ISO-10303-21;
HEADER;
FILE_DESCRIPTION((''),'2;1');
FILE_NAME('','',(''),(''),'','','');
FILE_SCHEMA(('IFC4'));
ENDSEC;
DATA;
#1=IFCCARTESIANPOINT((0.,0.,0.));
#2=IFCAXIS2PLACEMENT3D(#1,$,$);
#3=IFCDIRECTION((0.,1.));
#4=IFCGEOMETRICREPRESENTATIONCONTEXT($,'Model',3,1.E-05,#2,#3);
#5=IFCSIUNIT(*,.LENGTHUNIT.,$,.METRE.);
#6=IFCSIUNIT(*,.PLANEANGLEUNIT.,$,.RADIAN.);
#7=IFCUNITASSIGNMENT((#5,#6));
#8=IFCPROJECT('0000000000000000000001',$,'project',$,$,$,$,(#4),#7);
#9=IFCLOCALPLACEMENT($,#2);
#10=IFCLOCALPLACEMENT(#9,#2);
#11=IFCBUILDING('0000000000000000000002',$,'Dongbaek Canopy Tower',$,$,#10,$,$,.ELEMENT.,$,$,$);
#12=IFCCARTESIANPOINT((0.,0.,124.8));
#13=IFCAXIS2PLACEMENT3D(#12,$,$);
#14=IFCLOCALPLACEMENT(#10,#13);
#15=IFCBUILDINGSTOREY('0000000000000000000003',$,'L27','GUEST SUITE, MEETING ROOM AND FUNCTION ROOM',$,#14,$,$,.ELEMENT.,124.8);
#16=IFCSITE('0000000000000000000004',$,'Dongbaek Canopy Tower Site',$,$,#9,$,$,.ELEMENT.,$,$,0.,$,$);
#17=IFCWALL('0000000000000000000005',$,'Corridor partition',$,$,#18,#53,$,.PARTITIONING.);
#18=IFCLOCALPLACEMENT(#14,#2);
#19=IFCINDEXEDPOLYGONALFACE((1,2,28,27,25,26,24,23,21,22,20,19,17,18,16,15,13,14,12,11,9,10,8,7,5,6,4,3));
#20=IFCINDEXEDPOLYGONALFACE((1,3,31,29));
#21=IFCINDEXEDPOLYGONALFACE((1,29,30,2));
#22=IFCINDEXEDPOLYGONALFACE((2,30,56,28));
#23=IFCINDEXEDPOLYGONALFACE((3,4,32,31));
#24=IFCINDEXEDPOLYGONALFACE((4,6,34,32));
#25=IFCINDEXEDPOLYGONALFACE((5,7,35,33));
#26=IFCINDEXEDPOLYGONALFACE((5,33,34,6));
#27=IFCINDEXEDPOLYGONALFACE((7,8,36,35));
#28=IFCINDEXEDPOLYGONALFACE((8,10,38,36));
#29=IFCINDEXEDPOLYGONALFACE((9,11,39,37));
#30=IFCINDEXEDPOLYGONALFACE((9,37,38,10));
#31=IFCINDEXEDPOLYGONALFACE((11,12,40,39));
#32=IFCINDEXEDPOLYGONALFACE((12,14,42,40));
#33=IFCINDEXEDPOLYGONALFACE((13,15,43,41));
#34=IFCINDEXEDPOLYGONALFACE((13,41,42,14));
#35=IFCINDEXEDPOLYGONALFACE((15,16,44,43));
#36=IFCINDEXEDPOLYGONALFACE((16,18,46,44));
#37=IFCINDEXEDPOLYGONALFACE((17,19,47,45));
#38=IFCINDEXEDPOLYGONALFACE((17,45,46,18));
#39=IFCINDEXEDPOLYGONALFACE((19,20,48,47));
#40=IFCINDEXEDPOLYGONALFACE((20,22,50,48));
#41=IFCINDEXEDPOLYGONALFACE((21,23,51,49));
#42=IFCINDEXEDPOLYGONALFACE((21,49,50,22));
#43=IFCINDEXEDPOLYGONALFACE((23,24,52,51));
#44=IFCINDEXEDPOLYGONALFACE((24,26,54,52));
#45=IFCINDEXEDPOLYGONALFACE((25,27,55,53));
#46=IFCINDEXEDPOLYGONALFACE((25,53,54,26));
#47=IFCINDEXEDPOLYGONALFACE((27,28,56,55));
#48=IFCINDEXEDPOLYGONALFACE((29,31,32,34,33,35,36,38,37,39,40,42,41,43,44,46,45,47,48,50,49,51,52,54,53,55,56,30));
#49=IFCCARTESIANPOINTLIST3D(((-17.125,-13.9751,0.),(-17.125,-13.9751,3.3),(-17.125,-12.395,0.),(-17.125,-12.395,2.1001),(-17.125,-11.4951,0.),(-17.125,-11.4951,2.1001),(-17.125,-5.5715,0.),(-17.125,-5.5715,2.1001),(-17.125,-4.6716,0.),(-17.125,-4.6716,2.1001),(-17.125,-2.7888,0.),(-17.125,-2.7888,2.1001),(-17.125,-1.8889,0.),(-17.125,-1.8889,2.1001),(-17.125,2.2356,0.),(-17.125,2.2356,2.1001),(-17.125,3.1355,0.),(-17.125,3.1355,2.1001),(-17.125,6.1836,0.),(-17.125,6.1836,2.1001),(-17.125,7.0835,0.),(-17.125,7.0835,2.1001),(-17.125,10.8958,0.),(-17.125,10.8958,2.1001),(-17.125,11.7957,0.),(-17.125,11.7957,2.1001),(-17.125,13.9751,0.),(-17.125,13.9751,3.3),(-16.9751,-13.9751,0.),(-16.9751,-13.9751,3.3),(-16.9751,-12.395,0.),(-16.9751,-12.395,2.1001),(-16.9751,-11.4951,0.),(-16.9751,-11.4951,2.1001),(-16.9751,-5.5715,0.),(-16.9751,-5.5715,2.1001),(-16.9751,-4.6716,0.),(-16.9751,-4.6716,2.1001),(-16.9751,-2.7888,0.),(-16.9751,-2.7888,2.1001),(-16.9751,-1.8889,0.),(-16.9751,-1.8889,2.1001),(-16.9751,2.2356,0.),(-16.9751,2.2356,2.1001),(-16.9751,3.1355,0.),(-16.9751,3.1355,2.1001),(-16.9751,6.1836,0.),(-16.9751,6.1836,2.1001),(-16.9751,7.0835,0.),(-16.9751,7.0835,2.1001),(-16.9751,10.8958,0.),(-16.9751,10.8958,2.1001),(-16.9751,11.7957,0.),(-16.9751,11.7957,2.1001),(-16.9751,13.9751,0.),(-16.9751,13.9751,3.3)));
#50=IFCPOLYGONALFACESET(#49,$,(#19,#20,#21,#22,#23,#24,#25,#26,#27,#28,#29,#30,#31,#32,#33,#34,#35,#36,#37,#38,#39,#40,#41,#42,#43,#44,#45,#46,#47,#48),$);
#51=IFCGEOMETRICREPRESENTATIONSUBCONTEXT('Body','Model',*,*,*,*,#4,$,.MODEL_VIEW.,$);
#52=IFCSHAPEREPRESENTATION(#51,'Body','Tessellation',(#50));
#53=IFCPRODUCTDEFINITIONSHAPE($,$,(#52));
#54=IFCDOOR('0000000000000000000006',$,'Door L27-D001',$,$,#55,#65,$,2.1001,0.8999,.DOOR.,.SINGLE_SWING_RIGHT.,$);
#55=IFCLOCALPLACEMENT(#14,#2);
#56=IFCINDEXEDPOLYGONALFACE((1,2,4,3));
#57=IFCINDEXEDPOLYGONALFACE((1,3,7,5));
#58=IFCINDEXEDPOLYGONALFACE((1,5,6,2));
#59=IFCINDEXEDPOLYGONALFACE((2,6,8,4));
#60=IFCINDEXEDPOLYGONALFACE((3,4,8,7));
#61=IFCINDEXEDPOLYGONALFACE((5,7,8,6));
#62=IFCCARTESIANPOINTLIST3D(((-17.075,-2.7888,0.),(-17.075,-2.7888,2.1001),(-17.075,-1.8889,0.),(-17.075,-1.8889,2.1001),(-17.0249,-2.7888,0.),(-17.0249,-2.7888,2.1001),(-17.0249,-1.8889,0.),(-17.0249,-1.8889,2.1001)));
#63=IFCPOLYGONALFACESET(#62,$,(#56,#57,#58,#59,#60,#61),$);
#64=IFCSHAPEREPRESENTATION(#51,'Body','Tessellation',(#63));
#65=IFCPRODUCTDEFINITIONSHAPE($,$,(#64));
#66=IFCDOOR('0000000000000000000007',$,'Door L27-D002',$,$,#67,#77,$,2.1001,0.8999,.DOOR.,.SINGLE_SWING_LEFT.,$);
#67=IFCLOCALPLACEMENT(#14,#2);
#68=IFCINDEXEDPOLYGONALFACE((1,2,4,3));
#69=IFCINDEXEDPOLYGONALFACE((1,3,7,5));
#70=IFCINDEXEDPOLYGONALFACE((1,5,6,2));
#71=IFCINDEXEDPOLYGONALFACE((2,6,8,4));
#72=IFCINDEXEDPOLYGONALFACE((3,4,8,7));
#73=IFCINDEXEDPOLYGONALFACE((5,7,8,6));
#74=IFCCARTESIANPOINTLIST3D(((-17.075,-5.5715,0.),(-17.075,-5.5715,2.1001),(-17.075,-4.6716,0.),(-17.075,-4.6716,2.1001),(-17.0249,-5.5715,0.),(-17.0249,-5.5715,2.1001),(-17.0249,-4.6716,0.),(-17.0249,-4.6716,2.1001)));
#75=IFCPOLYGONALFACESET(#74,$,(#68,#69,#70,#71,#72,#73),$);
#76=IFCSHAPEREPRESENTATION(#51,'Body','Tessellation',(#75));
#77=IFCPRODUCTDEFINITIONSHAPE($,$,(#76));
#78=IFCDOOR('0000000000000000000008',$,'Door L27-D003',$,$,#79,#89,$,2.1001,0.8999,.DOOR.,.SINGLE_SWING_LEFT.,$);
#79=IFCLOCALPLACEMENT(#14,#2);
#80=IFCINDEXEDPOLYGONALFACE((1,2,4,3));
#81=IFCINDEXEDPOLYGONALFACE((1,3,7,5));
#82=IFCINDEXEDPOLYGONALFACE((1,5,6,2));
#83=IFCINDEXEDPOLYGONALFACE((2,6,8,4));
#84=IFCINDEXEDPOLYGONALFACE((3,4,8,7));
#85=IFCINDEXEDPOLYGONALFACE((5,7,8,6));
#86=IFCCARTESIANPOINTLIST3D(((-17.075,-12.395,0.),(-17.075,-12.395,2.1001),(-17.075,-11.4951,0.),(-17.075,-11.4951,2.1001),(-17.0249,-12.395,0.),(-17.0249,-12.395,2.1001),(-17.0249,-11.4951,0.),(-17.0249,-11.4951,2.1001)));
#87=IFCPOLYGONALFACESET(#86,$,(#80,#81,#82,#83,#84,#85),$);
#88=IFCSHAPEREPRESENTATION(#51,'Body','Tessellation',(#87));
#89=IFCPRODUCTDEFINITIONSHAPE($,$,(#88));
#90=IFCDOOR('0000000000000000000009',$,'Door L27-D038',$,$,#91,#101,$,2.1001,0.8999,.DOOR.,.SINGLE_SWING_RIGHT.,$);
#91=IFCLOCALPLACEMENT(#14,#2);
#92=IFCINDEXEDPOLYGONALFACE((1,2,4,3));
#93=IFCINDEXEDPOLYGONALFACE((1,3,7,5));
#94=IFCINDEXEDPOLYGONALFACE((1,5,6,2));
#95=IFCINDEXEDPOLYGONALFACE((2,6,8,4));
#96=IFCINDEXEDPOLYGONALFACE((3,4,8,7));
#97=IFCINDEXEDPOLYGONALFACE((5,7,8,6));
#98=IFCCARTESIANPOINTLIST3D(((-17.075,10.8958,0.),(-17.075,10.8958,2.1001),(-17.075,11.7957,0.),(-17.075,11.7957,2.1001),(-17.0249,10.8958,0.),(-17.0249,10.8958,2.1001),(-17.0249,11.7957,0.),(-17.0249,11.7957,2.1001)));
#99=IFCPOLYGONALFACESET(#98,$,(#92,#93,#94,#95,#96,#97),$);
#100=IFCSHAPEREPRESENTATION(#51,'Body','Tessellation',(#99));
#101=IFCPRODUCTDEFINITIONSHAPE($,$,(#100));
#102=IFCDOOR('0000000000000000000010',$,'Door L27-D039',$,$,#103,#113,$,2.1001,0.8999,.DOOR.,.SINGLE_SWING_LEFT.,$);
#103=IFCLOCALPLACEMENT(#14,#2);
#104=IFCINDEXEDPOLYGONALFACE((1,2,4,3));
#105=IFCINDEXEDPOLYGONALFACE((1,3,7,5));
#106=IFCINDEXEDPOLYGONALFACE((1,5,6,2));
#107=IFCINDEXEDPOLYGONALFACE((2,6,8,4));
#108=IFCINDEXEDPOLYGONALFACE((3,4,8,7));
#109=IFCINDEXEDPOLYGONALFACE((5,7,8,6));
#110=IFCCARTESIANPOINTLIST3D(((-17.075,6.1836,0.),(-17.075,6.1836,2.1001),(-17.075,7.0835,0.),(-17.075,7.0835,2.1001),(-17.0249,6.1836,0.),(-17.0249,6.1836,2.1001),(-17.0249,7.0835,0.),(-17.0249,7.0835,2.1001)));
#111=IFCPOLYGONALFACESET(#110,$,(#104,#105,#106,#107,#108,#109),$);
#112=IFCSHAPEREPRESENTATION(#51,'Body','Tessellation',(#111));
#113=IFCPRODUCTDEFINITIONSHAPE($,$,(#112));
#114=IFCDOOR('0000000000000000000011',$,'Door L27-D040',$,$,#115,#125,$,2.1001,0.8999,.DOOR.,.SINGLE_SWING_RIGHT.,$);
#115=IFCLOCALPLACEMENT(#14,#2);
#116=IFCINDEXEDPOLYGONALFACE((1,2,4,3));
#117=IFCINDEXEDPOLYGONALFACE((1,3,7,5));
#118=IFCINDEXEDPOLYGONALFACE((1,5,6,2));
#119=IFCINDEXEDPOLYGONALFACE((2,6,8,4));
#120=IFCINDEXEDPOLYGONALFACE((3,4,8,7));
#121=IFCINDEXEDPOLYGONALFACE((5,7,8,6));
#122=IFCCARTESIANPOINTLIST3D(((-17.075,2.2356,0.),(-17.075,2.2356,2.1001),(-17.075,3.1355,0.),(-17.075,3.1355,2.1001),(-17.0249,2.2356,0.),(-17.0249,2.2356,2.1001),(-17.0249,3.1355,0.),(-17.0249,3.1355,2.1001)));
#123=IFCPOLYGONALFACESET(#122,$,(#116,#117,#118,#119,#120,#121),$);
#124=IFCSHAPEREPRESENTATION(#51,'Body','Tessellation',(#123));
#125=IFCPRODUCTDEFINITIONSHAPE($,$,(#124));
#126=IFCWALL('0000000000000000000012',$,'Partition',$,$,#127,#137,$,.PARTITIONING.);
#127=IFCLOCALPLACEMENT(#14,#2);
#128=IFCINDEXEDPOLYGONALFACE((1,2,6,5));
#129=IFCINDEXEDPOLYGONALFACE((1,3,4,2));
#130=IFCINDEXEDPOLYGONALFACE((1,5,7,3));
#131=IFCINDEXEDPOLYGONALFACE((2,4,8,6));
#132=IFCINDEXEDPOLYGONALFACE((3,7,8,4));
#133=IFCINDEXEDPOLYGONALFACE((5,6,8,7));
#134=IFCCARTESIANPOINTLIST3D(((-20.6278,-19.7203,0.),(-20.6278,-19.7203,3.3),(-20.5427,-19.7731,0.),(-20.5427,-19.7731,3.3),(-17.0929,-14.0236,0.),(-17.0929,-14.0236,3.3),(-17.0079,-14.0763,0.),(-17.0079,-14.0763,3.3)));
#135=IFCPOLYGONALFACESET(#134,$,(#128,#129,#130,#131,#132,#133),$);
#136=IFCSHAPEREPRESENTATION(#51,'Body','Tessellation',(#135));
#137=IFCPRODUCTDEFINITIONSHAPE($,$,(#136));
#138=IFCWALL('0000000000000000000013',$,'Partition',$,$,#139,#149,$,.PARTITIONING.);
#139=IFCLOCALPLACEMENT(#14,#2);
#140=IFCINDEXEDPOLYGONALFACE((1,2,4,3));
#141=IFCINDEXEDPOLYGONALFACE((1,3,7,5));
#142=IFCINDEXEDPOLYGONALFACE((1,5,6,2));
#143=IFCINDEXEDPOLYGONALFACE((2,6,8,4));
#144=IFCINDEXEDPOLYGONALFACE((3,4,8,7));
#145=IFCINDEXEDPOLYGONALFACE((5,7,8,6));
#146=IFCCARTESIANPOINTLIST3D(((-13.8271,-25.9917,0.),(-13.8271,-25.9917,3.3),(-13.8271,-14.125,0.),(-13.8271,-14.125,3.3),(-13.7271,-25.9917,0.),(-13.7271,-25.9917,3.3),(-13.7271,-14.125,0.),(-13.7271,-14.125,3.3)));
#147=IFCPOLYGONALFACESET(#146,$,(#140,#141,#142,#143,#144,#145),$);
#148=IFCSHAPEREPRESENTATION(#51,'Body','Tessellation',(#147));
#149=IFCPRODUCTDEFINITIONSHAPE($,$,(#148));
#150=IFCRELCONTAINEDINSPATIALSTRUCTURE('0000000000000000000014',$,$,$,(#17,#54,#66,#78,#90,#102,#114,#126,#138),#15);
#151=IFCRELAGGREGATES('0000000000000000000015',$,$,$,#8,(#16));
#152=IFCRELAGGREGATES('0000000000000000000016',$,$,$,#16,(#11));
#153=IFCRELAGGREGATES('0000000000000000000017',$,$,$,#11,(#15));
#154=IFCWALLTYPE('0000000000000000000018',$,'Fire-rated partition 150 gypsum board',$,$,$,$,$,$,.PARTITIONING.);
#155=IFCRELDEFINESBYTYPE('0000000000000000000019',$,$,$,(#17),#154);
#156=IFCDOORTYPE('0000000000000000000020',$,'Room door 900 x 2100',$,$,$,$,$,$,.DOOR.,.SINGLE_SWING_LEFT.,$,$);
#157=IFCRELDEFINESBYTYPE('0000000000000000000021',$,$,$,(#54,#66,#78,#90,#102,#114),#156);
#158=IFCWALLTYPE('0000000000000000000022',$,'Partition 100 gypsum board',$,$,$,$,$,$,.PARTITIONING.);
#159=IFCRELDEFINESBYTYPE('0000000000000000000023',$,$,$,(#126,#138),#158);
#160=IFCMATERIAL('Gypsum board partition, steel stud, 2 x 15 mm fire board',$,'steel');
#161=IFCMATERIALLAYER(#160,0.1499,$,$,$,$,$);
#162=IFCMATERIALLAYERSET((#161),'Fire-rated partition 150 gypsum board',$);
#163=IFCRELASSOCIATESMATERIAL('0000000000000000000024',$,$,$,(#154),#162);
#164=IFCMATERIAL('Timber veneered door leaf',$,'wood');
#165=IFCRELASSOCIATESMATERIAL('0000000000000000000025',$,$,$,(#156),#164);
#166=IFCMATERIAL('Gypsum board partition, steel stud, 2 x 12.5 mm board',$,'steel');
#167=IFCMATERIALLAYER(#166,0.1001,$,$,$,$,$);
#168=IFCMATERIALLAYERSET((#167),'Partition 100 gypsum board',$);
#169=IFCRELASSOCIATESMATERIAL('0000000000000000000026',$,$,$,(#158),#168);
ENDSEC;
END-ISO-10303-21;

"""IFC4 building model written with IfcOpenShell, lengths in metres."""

from ifc_helpers import new_model, si_unit, direction, frame, frame_2d, origin, place, context, subcontext, project, spatial, rectangle, extrude, material, layer, layer_set, type_object, element, fill, save


model = new_model("IFC4")

# Units and contexts
model_context = context("Model", 3, precision=1e-05, world=origin(), true_north=direction((0.0, 1.0)))
body_context = subcontext(model_context, "Body", "Model", "MODEL_VIEW")
ifc_project = project(units=[si_unit("LENGTHUNIT", "METRE"), si_unit("PLANEANGLEUNIT", "RADIAN")], contexts=[model_context])

# Site, building, storey
site_placement = place(None, origin())
site = spatial("IfcSite", under=ifc_project, at=site_placement, Name="Dongbaek Canopy Tower Site", CompositionType="ELEMENT", RefElevation=0.0)
building_placement = place(site_placement, origin())
building = spatial("IfcBuilding", under=site, at=building_placement, Name="Dongbaek Canopy Tower", CompositionType="ELEMENT")
storey_placement = place(building_placement, frame((0.0, 0.0, 124.8)))
storey = spatial("IfcBuildingStorey", under=building, at=storey_placement, Name="L27", Description="GUEST SUITE, MEETING ROOM AND FUNCTION ROOM", CompositionType="ELEMENT", Elevation=124.8)

# Shared definitions
ifc_material_1 = material(Name="Gypsum board partition, steel stud, 2 x 15 mm fire board", Category="steel")
ifc_layer_1 = layer(ifc_material_1, 0.1499)
ifc_layer_set_1 = layer_set([ifc_layer_1], Name="Fire-rated partition 150 gypsum board")
wall_type_1 = type_object("IfcWallType", Name="Fire-rated partition 150 gypsum board", PredefinedType="PARTITIONING", material=ifc_layer_set_1)

# Wall, openings, doors
wall_1_placement = place(storey_placement, frame((-17.05, -13.9751, 0.0), z_axis=(0.0, 0.0, 1.0), x_axis=(0.0, 1.0, 0.0)))
wall_1 = element("IfcWall", 1, at=wall_1_placement, inside=storey, type_object=wall_type_1, Name="Corridor partition", PredefinedType="PARTITIONING", context=body_context, shape_type="SweptSolid", body=[
    extrude(rectangle(XDim=27.9502, YDim=0.1499, at=frame_2d((13.9751, 0.0))), origin(), (0.0, 0.0, 1.0), 3.3),
])
opening_1_placement = place(wall_1_placement, frame((11.1863, 0.0, 0.0)))
opening_1 = element("IfcOpeningElement", 2, at=opening_1_placement, cuts=wall_1, PredefinedType="OPENING", context=body_context, shape_type="SweptSolid", body=[
    extrude(rectangle(XDim=0.8999, YDim=2.1001, at=frame_2d((0.45, 1.05))), frame((0.0, 0.085, 0.0), z_axis=(0.0, -1.0, 0.0), x_axis=(1.0, 0.0, 0.0)), (0.0, 0.0, 1.0), 0.1699),
])
opening_2_placement = place(wall_1_placement, frame((8.4036, 0.0, 0.0)))
opening_2 = element("IfcOpeningElement", 3, at=opening_2_placement, cuts=wall_1, PredefinedType="OPENING", context=body_context, shape_type="SweptSolid", body=[
    extrude(rectangle(XDim=0.8999, YDim=2.1001, at=frame_2d((0.45, 1.05))), frame((0.0, 0.085, 0.0), z_axis=(0.0, -1.0, 0.0), x_axis=(1.0, 0.0, 0.0)), (0.0, 0.0, 1.0), 0.1699),
])
opening_3_placement = place(wall_1_placement, frame((1.5801, 0.0, 0.0)))
opening_3 = element("IfcOpeningElement", 4, at=opening_3_placement, cuts=wall_1, PredefinedType="OPENING", context=body_context, shape_type="SweptSolid", body=[
    extrude(rectangle(XDim=0.8999, YDim=2.1001, at=frame_2d((0.45, 1.05))), frame((0.0, 0.085, 0.0), z_axis=(0.0, -1.0, 0.0), x_axis=(1.0, 0.0, 0.0)), (0.0, 0.0, 1.0), 0.1699),
])
opening_4_placement = place(wall_1_placement, frame((24.8708, 0.0, 0.0)))
opening_4 = element("IfcOpeningElement", 5, at=opening_4_placement, cuts=wall_1, PredefinedType="OPENING", context=body_context, shape_type="SweptSolid", body=[
    extrude(rectangle(XDim=0.8999, YDim=2.1001, at=frame_2d((0.45, 1.05))), frame((0.0, 0.085, 0.0), z_axis=(0.0, -1.0, 0.0), x_axis=(1.0, 0.0, 0.0)), (0.0, 0.0, 1.0), 0.1699),
])
opening_5_placement = place(wall_1_placement, frame((20.1587, 0.0, 0.0)))
opening_5 = element("IfcOpeningElement", 6, at=opening_5_placement, cuts=wall_1, PredefinedType="OPENING", context=body_context, shape_type="SweptSolid", body=[
    extrude(rectangle(XDim=0.8999, YDim=2.1001, at=frame_2d((0.45, 1.05))), frame((0.0, 0.085, 0.0), z_axis=(0.0, -1.0, 0.0), x_axis=(1.0, 0.0, 0.0)), (0.0, 0.0, 1.0), 0.1699),
])
opening_6_placement = place(wall_1_placement, frame((16.2107, 0.0, 0.0)))
opening_6 = element("IfcOpeningElement", 7, at=opening_6_placement, cuts=wall_1, PredefinedType="OPENING", context=body_context, shape_type="SweptSolid", body=[
    extrude(rectangle(XDim=0.8999, YDim=2.1001, at=frame_2d((0.45, 1.05))), frame((0.0, 0.085, 0.0), z_axis=(0.0, -1.0, 0.0), x_axis=(1.0, 0.0, 0.0)), (0.0, 0.0, 1.0), 0.1699),
])
ifc_material_2 = material(Name="Timber veneered door leaf", Category="wood")
door_type = type_object("IfcDoorType", Name="Room door 900 x 2100", OperationType="SINGLE_SWING_LEFT", PredefinedType="DOOR", material=ifc_material_2)
door_1_placement = place(opening_1_placement, origin())
door_1 = element("IfcDoor", 8, at=door_1_placement, inside=storey, type_object=door_type, Name="Door L27-D001", OperationType="SINGLE_SWING_RIGHT", OverallHeight=2.1001, OverallWidth=0.8999, PredefinedType="DOOR", context=body_context, shape_type="SweptSolid", body=[
    extrude(rectangle(XDim=0.8999, YDim=2.1001, at=frame_2d((0.45, 1.05))), frame((0.0, 0.0249, 0.0), z_axis=(0.0, -1.0, 0.0), x_axis=(1.0, 0.0, 0.0)), (0.0, 0.0, 1.0), 0.05),
])
fill(opening_1, door_1)
door_2_placement = place(opening_2_placement, origin())
door_2 = element("IfcDoor", 9, at=door_2_placement, inside=storey, type_object=door_type, Name="Door L27-D002", OperationType="SINGLE_SWING_LEFT", OverallHeight=2.1001, OverallWidth=0.8999, PredefinedType="DOOR", context=body_context, shape_type="SweptSolid", body=[
    extrude(rectangle(XDim=0.8999, YDim=2.1001, at=frame_2d((0.45, 1.05))), frame((0.0, 0.0249, 0.0), z_axis=(0.0, -1.0, 0.0), x_axis=(1.0, 0.0, 0.0)), (0.0, 0.0, 1.0), 0.05),
])
fill(opening_2, door_2)
door_3_placement = place(opening_3_placement, origin())
door_3 = element("IfcDoor", 10, at=door_3_placement, inside=storey, type_object=door_type, Name="Door L27-D003", OperationType="SINGLE_SWING_LEFT", OverallHeight=2.1001, OverallWidth=0.8999, PredefinedType="DOOR", context=body_context, shape_type="SweptSolid", body=[
    extrude(rectangle(XDim=0.8999, YDim=2.1001, at=frame_2d((0.45, 1.05))), frame((0.0, 0.0249, 0.0), z_axis=(0.0, -1.0, 0.0), x_axis=(1.0, 0.0, 0.0)), (0.0, 0.0, 1.0), 0.05),
])
fill(opening_3, door_3)
door_4_placement = place(opening_4_placement, origin())
door_4 = element("IfcDoor", 11, at=door_4_placement, inside=storey, type_object=door_type, Name="Door L27-D038", OperationType="SINGLE_SWING_RIGHT", OverallHeight=2.1001, OverallWidth=0.8999, PredefinedType="DOOR", context=body_context, shape_type="SweptSolid", body=[
    extrude(rectangle(XDim=0.8999, YDim=2.1001, at=frame_2d((0.45, 1.05))), frame((0.0, 0.0249, 0.0), z_axis=(0.0, -1.0, 0.0), x_axis=(1.0, 0.0, 0.0)), (0.0, 0.0, 1.0), 0.05),
])
fill(opening_4, door_4)
door_5_placement = place(opening_5_placement, origin())
door_5 = element("IfcDoor", 12, at=door_5_placement, inside=storey, type_object=door_type, Name="Door L27-D039", OperationType="SINGLE_SWING_LEFT", OverallHeight=2.1001, OverallWidth=0.8999, PredefinedType="DOOR", context=body_context, shape_type="SweptSolid", body=[
    extrude(rectangle(XDim=0.8999, YDim=2.1001, at=frame_2d((0.45, 1.05))), frame((0.0, 0.0249, 0.0), z_axis=(0.0, -1.0, 0.0), x_axis=(1.0, 0.0, 0.0)), (0.0, 0.0, 1.0), 0.05),
])
fill(opening_5, door_5)
door_6_placement = place(opening_6_placement, origin())
door_6 = element("IfcDoor", 13, at=door_6_placement, inside=storey, type_object=door_type, Name="Door L27-D040", OperationType="SINGLE_SWING_RIGHT", OverallHeight=2.1001, OverallWidth=0.8999, PredefinedType="DOOR", context=body_context, shape_type="SweptSolid", body=[
    extrude(rectangle(XDim=0.8999, YDim=2.1001, at=frame_2d((0.45, 1.05))), frame((0.0, 0.0249, 0.0), z_axis=(0.0, -1.0, 0.0), x_axis=(1.0, 0.0, 0.0)), (0.0, 0.0, 1.0), 0.05),
])
fill(opening_6, door_6)

# Walls
ifc_material_3 = material(Name="Gypsum board partition, steel stud, 2 x 12.5 mm board", Category="steel")
ifc_layer_2 = layer(ifc_material_3, 0.1001)
ifc_layer_set_2 = layer_set([ifc_layer_2], Name="Partition 100 gypsum board")
wall_type_2 = type_object("IfcWallType", Name="Partition 100 gypsum board", PredefinedType="PARTITIONING", material=ifc_layer_set_2)
wall_2_placement = place(storey_placement, frame((-20.5852, -19.7466, 0.0), z_axis=(0.0, 0.0, 1.0), x_axis=(0.527253, 0.849708, 0.0)))
element("IfcWall", 14, at=wall_2_placement, inside=storey, type_object=wall_type_2, Name="Partition", PredefinedType="PARTITIONING", context=body_context, shape_type="SweptSolid", body=[
    extrude(rectangle(XDim=6.7043, YDim=0.1001, at=frame_2d((3.3521, 0.0))), origin(), (0.0, 0.0, 1.0), 3.3),
])
wall_3_placement = place(storey_placement, frame((-13.7771, -25.9917, 0.0), z_axis=(0.0, 0.0, 1.0), x_axis=(0.0, 1.0, 0.0)))
element("IfcWall", 15, at=wall_3_placement, inside=storey, type_object=wall_type_2, Name="Partition", PredefinedType="PARTITIONING", context=body_context, shape_type="SweptSolid", body=[
    extrude(rectangle(XDim=11.8667, YDim=0.1001, at=frame_2d((5.9333, 0.0))), origin(), (0.0, 0.0, 1.0), 3.3),
])

save(model, "model.ifc")
